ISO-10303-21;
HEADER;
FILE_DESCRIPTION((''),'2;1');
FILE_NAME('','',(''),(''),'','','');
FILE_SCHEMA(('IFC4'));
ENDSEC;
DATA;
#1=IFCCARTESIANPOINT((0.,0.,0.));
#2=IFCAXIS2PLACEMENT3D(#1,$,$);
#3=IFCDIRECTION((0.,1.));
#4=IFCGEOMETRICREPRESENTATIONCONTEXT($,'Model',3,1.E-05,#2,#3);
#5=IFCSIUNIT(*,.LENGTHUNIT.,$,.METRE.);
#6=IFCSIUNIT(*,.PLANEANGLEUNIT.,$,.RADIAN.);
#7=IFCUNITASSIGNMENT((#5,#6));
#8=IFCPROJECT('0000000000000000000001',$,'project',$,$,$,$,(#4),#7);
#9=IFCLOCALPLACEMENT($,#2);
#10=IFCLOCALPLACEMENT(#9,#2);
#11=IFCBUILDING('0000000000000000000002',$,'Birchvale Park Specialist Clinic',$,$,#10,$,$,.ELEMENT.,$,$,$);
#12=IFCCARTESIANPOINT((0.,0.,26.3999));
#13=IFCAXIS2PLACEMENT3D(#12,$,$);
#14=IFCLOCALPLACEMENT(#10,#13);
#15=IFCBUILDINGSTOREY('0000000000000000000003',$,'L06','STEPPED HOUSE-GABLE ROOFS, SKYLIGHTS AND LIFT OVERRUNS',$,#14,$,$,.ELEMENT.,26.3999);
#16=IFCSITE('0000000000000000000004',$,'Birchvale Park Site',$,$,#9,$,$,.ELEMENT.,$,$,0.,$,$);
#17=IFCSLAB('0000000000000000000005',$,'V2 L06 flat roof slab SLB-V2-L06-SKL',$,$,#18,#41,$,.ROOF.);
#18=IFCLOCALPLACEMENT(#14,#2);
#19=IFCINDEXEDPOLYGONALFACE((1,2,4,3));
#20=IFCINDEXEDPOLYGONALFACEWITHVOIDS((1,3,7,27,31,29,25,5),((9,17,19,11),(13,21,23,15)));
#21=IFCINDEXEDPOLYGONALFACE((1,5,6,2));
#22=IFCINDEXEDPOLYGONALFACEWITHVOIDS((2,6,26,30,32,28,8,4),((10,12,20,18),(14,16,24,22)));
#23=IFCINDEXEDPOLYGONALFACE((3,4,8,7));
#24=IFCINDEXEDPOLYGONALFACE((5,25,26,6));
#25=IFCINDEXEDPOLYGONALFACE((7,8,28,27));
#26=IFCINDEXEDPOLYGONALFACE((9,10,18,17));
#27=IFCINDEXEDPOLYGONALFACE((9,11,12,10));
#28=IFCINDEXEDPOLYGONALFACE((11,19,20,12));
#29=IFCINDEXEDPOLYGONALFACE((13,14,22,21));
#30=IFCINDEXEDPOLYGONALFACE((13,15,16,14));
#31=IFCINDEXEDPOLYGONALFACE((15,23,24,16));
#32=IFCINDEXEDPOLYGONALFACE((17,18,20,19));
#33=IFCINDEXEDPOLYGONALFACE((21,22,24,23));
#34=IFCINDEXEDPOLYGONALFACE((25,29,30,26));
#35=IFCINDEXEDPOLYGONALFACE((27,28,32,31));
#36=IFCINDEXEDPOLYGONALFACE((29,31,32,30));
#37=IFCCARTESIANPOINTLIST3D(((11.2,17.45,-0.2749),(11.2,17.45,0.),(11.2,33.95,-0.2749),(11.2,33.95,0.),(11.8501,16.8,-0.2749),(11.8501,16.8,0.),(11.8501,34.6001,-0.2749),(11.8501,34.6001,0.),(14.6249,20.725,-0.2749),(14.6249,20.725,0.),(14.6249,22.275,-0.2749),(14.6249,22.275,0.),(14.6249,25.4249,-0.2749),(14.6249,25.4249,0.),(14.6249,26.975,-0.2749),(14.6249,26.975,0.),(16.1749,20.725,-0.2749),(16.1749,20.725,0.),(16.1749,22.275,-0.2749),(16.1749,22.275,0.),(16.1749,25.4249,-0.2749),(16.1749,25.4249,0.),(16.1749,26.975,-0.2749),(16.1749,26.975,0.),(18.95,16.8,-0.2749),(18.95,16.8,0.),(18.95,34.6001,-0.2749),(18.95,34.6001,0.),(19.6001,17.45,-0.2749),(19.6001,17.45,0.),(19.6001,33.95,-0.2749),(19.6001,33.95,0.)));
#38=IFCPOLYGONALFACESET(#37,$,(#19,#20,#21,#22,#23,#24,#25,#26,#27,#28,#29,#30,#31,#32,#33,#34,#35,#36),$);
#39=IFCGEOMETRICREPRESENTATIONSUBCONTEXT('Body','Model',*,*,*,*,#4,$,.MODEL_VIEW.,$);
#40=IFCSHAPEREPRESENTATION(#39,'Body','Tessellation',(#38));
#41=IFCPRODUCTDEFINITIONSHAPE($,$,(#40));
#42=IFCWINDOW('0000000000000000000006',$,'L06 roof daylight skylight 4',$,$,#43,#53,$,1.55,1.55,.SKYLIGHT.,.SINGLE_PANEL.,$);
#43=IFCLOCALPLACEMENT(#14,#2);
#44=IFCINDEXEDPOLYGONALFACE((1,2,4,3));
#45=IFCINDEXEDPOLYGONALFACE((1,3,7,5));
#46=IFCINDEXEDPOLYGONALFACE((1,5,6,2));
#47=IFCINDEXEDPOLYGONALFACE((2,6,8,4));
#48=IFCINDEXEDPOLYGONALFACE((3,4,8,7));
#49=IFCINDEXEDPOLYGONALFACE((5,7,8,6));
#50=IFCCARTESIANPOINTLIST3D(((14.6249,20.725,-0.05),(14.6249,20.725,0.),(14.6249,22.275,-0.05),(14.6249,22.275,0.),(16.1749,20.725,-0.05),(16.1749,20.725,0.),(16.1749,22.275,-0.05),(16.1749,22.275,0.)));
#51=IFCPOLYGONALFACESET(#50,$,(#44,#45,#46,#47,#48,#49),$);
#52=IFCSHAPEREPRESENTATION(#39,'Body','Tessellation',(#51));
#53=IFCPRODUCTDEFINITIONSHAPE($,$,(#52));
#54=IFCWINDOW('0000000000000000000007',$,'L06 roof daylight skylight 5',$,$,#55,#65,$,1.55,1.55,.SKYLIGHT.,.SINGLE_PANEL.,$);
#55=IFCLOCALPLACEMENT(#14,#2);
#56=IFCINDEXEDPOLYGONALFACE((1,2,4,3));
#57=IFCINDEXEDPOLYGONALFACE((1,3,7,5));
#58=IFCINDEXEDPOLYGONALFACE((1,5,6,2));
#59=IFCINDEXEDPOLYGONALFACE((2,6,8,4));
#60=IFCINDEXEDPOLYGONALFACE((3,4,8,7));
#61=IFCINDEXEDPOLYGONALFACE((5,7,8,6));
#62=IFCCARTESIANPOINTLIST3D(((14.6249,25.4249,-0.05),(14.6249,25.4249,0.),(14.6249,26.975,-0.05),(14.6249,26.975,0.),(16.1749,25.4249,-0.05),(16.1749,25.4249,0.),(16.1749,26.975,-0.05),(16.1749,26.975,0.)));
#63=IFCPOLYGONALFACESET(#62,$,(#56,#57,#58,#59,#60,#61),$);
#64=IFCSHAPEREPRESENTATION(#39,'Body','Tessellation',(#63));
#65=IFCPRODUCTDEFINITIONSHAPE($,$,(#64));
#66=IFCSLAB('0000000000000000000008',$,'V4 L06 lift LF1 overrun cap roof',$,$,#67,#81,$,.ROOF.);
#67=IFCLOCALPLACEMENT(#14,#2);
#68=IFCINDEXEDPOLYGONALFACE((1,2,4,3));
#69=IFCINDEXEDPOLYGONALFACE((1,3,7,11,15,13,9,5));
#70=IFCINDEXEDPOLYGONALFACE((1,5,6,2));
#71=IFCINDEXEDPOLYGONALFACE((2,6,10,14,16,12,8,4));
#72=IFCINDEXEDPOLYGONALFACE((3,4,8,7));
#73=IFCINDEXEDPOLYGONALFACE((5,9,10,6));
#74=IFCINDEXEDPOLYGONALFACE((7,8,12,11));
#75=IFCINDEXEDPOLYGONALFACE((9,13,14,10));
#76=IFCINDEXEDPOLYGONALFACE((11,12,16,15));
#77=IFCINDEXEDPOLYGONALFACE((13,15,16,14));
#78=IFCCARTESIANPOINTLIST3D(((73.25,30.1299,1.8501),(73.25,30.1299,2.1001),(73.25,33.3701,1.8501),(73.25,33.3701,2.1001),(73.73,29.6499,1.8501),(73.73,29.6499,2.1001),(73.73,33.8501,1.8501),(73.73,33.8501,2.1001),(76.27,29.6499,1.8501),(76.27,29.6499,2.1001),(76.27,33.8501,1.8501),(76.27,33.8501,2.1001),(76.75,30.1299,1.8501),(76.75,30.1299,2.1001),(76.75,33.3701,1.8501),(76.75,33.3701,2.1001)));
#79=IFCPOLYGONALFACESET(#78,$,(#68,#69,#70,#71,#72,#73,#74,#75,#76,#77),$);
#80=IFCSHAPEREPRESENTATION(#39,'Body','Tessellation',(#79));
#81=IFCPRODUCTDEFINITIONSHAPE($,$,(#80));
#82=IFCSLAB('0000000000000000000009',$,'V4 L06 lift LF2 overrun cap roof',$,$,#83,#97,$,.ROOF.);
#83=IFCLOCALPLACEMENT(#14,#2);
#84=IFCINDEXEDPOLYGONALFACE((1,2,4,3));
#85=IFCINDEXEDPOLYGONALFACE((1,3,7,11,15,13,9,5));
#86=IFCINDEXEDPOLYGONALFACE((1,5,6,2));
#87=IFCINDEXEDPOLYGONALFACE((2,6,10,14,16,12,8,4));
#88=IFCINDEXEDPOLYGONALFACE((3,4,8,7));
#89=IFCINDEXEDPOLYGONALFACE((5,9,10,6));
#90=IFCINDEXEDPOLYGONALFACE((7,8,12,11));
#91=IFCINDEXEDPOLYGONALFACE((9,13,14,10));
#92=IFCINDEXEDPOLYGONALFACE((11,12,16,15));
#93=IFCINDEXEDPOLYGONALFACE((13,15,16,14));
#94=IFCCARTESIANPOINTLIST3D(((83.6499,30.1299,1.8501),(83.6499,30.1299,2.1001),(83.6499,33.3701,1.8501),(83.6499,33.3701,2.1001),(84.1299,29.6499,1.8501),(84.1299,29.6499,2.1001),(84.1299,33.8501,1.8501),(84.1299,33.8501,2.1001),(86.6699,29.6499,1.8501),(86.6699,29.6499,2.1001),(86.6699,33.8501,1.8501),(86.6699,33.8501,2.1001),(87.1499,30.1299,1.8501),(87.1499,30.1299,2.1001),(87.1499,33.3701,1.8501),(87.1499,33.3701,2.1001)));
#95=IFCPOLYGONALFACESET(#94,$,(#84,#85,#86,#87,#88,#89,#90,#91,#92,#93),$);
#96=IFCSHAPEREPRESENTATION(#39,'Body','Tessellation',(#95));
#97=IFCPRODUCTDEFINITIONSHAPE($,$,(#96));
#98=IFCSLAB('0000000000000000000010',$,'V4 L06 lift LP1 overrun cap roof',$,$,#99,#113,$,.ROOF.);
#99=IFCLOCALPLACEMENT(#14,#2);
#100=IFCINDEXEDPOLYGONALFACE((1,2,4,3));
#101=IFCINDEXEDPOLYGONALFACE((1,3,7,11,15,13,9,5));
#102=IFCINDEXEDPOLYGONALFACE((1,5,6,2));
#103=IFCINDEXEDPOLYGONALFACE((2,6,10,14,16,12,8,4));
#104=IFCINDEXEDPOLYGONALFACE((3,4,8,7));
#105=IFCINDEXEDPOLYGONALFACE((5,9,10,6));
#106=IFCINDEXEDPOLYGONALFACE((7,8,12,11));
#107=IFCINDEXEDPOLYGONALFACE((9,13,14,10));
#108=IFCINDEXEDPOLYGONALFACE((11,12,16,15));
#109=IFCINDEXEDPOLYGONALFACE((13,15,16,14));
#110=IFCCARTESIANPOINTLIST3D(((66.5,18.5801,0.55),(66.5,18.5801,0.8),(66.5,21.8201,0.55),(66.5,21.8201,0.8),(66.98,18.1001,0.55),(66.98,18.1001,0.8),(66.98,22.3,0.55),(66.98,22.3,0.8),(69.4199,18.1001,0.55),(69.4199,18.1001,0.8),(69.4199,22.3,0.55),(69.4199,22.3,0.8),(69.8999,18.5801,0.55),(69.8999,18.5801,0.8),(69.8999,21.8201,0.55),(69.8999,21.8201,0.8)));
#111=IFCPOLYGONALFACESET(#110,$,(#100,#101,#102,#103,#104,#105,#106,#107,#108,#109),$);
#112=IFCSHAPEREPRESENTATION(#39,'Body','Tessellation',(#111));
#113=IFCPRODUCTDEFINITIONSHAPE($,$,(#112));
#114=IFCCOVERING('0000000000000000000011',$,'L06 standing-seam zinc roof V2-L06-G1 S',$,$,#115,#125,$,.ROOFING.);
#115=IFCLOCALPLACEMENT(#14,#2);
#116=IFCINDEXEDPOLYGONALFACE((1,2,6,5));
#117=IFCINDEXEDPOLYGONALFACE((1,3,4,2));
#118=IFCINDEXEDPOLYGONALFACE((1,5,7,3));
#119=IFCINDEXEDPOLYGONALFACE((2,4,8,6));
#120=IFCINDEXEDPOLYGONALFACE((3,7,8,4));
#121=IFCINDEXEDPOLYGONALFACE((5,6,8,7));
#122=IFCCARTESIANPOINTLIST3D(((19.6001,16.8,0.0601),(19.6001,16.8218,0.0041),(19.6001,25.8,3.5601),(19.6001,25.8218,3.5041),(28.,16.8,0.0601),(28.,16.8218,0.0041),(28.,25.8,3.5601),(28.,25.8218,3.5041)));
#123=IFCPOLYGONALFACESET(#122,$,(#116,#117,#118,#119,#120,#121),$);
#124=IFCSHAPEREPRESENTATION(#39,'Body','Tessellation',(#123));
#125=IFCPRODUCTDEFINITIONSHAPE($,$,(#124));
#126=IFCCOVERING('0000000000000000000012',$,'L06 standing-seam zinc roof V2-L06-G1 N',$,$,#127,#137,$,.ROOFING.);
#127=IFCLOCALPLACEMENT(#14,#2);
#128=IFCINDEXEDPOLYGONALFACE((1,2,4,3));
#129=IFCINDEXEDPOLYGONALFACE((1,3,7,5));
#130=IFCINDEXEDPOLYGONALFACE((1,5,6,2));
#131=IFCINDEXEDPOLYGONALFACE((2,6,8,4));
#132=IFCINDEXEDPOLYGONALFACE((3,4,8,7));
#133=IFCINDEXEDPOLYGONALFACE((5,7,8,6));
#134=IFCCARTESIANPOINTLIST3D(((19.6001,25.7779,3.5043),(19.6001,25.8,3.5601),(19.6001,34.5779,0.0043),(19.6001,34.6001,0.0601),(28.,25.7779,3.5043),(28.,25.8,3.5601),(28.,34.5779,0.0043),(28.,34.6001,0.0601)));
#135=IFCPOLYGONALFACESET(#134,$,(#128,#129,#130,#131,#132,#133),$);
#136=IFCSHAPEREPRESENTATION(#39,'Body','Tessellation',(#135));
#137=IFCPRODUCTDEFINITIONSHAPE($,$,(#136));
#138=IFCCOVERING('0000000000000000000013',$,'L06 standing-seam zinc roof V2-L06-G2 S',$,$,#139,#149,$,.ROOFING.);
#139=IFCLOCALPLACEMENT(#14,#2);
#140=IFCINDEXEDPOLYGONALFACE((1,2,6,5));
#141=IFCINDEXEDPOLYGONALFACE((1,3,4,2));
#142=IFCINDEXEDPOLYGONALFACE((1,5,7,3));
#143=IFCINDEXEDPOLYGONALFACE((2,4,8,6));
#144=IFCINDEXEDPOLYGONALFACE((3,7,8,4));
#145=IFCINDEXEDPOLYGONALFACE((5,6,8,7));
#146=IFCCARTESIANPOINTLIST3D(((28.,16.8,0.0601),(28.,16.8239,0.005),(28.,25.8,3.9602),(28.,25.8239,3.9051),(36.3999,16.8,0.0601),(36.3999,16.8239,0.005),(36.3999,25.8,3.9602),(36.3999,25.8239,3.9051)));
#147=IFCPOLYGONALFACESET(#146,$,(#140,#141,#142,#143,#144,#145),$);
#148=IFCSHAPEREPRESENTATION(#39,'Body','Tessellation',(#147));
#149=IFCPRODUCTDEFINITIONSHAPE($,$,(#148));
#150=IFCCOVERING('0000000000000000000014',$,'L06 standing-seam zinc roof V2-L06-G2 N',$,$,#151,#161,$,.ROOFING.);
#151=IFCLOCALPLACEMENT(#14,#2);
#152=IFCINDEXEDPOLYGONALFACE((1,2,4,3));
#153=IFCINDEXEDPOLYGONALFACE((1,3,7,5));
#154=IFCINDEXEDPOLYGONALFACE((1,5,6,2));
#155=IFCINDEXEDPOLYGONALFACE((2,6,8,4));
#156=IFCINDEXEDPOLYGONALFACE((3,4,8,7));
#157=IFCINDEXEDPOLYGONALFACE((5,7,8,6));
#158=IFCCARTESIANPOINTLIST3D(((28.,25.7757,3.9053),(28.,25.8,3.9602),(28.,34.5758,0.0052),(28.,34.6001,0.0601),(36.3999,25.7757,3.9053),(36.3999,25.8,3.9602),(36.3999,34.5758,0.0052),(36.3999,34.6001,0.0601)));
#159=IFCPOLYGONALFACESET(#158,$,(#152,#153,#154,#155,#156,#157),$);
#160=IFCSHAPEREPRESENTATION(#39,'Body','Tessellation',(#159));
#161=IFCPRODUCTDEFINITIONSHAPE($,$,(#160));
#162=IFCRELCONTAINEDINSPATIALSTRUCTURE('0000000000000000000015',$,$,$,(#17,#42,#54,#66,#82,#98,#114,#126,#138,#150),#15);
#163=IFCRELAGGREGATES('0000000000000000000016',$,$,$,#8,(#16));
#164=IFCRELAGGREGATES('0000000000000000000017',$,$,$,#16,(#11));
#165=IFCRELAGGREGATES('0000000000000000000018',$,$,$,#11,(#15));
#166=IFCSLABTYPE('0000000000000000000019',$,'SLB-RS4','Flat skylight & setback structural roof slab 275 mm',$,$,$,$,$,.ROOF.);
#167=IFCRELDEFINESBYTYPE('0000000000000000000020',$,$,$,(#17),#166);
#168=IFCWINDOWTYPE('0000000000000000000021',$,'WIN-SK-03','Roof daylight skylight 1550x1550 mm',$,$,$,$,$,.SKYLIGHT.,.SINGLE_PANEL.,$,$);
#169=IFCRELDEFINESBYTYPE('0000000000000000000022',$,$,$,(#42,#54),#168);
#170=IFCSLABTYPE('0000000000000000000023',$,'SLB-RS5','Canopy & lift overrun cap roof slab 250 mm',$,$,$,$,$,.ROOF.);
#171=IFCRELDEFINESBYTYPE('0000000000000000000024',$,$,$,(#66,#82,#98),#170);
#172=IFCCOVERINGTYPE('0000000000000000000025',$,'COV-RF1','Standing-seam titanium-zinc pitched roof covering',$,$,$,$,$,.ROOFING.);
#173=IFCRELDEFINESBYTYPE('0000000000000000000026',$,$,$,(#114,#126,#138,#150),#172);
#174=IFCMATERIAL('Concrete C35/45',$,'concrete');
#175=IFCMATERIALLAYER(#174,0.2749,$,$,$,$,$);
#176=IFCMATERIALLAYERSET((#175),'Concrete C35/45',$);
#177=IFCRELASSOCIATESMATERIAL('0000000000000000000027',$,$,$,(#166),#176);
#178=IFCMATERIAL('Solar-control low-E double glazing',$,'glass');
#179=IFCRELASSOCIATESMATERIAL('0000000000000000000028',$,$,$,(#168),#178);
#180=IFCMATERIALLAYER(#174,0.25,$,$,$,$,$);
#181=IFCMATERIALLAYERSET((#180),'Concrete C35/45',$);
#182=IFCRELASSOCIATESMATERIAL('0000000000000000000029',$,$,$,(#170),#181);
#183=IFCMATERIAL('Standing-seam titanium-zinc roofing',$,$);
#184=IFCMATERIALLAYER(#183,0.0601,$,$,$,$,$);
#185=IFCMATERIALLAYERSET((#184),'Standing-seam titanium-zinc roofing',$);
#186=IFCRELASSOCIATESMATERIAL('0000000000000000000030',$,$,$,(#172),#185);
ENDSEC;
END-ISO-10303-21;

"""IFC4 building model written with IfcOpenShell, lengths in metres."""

from ifc_helpers import new_model, si_unit, direction, frame, origin, origin_2d, place, context, subcontext, project, spatial, polyline, rectangle, outline, extrude, material, layer, layer_set, type_object, element, fill, save


model = new_model("IFC4")

# Units and contexts
model_context = context("Model", 3, precision=1e-05, world=origin(), true_north=direction((0.0, 1.0)))
body_context = subcontext(model_context, "Body", "Model", "MODEL_VIEW")
ifc_project = project(units=[si_unit("LENGTHUNIT", "METRE"), si_unit("PLANEANGLEUNIT", "RADIAN")], contexts=[model_context])

# Site, building, storey
site_placement = place(None, origin())
site = spatial("IfcSite", under=ifc_project, at=site_placement, Name="Birchvale Park Site", CompositionType="ELEMENT", RefElevation=0.0)
building_placement = place(site_placement, origin())
building = spatial("IfcBuilding", under=site, at=building_placement, Name="Birchvale Park Specialist Clinic", CompositionType="ELEMENT")
storey_placement = place(building_placement, frame((0.0, 0.0, 26.3999)))
storey = spatial("IfcBuildingStorey", under=building, at=storey_placement, Name="L06", Description="STEPPED HOUSE-GABLE ROOFS, SKYLIGHTS AND LIFT OVERRUNS", CompositionType="ELEMENT", Elevation=26.3999)

# Shared definitions
ifc_material_1 = material(Name="Standing-seam titanium-zinc roofing")
ifc_material_2 = material(Name="Concrete C35/45", Category="concrete")

# Slab, openings, windows
ifc_layer_1 = layer(ifc_material_2, 0.2749)
ifc_layer_set_1 = layer_set([ifc_layer_1], Name="Concrete C35/45")
slab_type_1 = type_object("IfcSlabType", Name="SLB-RS4", Description="Flat skylight & setback structural roof slab 275 mm", PredefinedType="ROOF", material=ifc_layer_set_1)
slab_1_placement = place(storey_placement, frame((0.0, 0.0, -0.2749)))
slab_1 = element("IfcSlab", 1, at=slab_1_placement, inside=storey, type_object=slab_type_1, Name="V2 L06 flat roof slab SLB-V2-L06-SKL", PredefinedType="ROOF", context=body_context, shape_type="SweptSolid", body=[
    extrude(outline(polyline([(11.8501, 16.8), (18.95, 16.8), (19.6001, 17.45), (19.6001, 33.95), (18.95, 34.6001), (11.8501, 34.6001), (11.2, 33.95), (11.2, 17.45), (11.8501, 16.8)])), origin(), (0.0, 0.0, 1.0), 0.2749),
])
opening_1_placement = place(slab_1_placement, frame((15.3999, 21.5, 0.0)))
opening_1 = element("IfcOpeningElement", 2, at=opening_1_placement, cuts=slab_1, PredefinedType="OPENING", context=body_context, shape_type="SweptSolid", body=[
    extrude(rectangle(XDim=1.55, YDim=1.55, at=origin_2d()), frame((0.0, 0.0, -0.01)), (0.0, 0.0, 1.0), 0.2949),
])
opening_2_placement = place(slab_1_placement, frame((15.3999, 26.2, 0.0)))
opening_2 = element("IfcOpeningElement", 3, at=opening_2_placement, cuts=slab_1, PredefinedType="OPENING", context=body_context, shape_type="SweptSolid", body=[
    extrude(rectangle(XDim=1.55, YDim=1.55, at=origin_2d()), frame((0.0, 0.0, -0.01)), (0.0, 0.0, 1.0), 0.2949),
])
ifc_material_3 = material(Name="Solar-control low-E double glazing", Category="glass")
window_type = type_object("IfcWindowType", Name="WIN-SK-03", Description="Roof daylight skylight 1550x1550 mm", PartitioningType="SINGLE_PANEL", PredefinedType="SKYLIGHT", material=ifc_material_3)
window_1_placement = place(opening_1_placement, frame((0.0, 0.0, 0.2249)))
window_1 = element("IfcWindow", 4, at=window_1_placement, inside=storey, type_object=window_type, Name="L06 roof daylight skylight 4", OverallHeight=1.55, OverallWidth=1.55, PartitioningType="SINGLE_PANEL", PredefinedType="SKYLIGHT", context=body_context, shape_type="SweptSolid", body=[
    extrude(rectangle(XDim=1.55, YDim=1.55, at=origin_2d()), origin(), (0.0, 0.0, 1.0), 0.05),
])
fill(opening_1, window_1)
window_2_placement = place(opening_2_placement, frame((0.0, 0.0, 0.2249)))
window_2 = element("IfcWindow", 5, at=window_2_placement, inside=storey, type_object=window_type, Name="L06 roof daylight skylight 5", OverallHeight=1.55, OverallWidth=1.55, PartitioningType="SINGLE_PANEL", PredefinedType="SKYLIGHT", context=body_context, shape_type="SweptSolid", body=[
    extrude(rectangle(XDim=1.55, YDim=1.55, at=origin_2d()), origin(), (0.0, 0.0, 1.0), 0.05),
])
fill(opening_2, window_2)

# Slabs
ifc_layer_2 = layer(ifc_material_2, 0.25)
ifc_layer_set_2 = layer_set([ifc_layer_2], Name="Concrete C35/45")
slab_type_2 = type_object("IfcSlabType", Name="SLB-RS5", Description="Canopy & lift overrun cap roof slab 250 mm", PredefinedType="ROOF", material=ifc_layer_set_2)
slab_2_placement = place(storey_placement, frame((0.0, 0.0, 1.8501)))
element("IfcSlab", 6, at=slab_2_placement, inside=storey, type_object=slab_type_2, Name="V4 L06 lift LF1 overrun cap roof", PredefinedType="ROOF", context=body_context, shape_type="SweptSolid", body=[
    extrude(outline(polyline([(73.73, 29.6499), (76.27, 29.6499), (76.75, 30.1299), (76.75, 33.3701), (76.27, 33.8501), (73.73, 33.8501), (73.25, 33.3701), (73.25, 30.1299), (73.73, 29.6499)])), origin(), (0.0, 0.0, 1.0), 0.25),
])
slab_3_placement = place(storey_placement, frame((0.0, 0.0, 1.8501)))
element("IfcSlab", 7, at=slab_3_placement, inside=storey, type_object=slab_type_2, Name="V4 L06 lift LF2 overrun cap roof", PredefinedType="ROOF", context=body_context, shape_type="SweptSolid", body=[
    extrude(outline(polyline([(84.1299, 29.6499), (86.6699, 29.6499), (87.1499, 30.1299), (87.1499, 33.3701), (86.6699, 33.8501), (84.1299, 33.8501), (83.6499, 33.3701), (83.6499, 30.1299), (84.1299, 29.6499)])), origin(), (0.0, 0.0, 1.0), 0.25),
])
slab_4_placement = place(storey_placement, frame((0.0, 0.0, 0.55)))
element("IfcSlab", 8, at=slab_4_placement, inside=storey, type_object=slab_type_2, Name="V4 L06 lift LP1 overrun cap roof", PredefinedType="ROOF", context=body_context, shape_type="SweptSolid", body=[
    extrude(outline(polyline([(66.98, 18.1001), (69.4199, 18.1001), (69.8999, 18.5801), (69.8999, 21.8201), (69.4199, 22.3), (66.98, 22.3), (66.5, 21.8201), (66.5, 18.5801), (66.98, 18.1001)])), origin(), (0.0, 0.0, 1.0), 0.25),
])

# Coverings
ifc_layer_3 = layer(ifc_material_1, 0.0601)
ifc_layer_set_3 = layer_set([ifc_layer_3], Name="Standing-seam titanium-zinc roofing")
covering_type = type_object("IfcCoveringType", Name="COV-RF1", Description="Standing-seam titanium-zinc pitched roof covering", PredefinedType="ROOFING", material=ifc_layer_set_3)
covering_1_placement = place(storey_placement, frame((19.6001, 16.8, 0.0601), z_axis=(0.0, -0.362446, 0.932005), x_axis=(1.0, 0.0, 0.0)))
element("IfcCovering", 9, at=covering_1_placement, inside=storey, type_object=covering_type, Name="L06 standing-seam zinc roof V2-L06-G1 S", PredefinedType="ROOFING", context=body_context, shape_type="SweptSolid", body=[
    extrude(outline(polyline([(0.0, 0.0), (8.3999, 0.0), (8.3999, 9.6566), (0.0, 9.6566), (0.0, 0.0)])), origin(), (0.0, 0.0, -1.0), 0.0601),
])
covering_2_placement = place(storey_placement, frame((19.6001, 25.8, 3.5601), z_axis=(0.0, 0.369568, 0.929204), x_axis=(1.0, 0.0, 0.0)))
element("IfcCovering", 10, at=covering_2_placement, inside=storey, type_object=covering_type, Name="L06 standing-seam zinc roof V2-L06-G1 N", PredefinedType="ROOFING", context=body_context, shape_type="SweptSolid", body=[
    extrude(outline(polyline([(0.0, 0.0), (8.3999, 0.0), (8.3999, 9.4705), (0.0, 9.4705), (0.0, 0.0)])), origin(), (0.0, 0.0, -1.0), 0.0601),
])
covering_3_placement = place(storey_placement, frame((28.0, 16.8, 0.0601), z_axis=(0.0, -0.39762, 0.91755), x_axis=(1.0, 0.0, 0.0)))
element("IfcCovering", 11, at=covering_3_placement, inside=storey, type_object=covering_type, Name="L06 standing-seam zinc roof V2-L06-G2 S", PredefinedType="ROOFING", context=body_context, shape_type="SweptSolid", body=[
    extrude(outline(polyline([(0.0, 0.0), (8.3999, 0.0), (8.3999, 9.8087), (0.0, 9.8087), (0.0, 0.0)])), origin(), (0.0, 0.0, -1.0), 0.0601),
])
covering_4_placement = place(storey_placement, frame((28.0, 25.8, 3.9602), z_axis=(0.0, 0.405185, 0.914235), x_axis=(1.0, 0.0, 0.0)))
element("IfcCovering", 12, at=covering_4_placement, inside=storey, type_object=covering_type, Name="L06 standing-seam zinc roof V2-L06-G2 N", PredefinedType="ROOFING", context=body_context, shape_type="SweptSolid", body=[
    extrude(outline(polyline([(0.0, 0.0), (8.3999, 0.0), (8.3999, 9.6256), (0.0, 9.6256), (0.0, 0.0)])), origin(), (0.0, 0.0, -1.0), 0.0601),
])

save(model, "model.ifc")
